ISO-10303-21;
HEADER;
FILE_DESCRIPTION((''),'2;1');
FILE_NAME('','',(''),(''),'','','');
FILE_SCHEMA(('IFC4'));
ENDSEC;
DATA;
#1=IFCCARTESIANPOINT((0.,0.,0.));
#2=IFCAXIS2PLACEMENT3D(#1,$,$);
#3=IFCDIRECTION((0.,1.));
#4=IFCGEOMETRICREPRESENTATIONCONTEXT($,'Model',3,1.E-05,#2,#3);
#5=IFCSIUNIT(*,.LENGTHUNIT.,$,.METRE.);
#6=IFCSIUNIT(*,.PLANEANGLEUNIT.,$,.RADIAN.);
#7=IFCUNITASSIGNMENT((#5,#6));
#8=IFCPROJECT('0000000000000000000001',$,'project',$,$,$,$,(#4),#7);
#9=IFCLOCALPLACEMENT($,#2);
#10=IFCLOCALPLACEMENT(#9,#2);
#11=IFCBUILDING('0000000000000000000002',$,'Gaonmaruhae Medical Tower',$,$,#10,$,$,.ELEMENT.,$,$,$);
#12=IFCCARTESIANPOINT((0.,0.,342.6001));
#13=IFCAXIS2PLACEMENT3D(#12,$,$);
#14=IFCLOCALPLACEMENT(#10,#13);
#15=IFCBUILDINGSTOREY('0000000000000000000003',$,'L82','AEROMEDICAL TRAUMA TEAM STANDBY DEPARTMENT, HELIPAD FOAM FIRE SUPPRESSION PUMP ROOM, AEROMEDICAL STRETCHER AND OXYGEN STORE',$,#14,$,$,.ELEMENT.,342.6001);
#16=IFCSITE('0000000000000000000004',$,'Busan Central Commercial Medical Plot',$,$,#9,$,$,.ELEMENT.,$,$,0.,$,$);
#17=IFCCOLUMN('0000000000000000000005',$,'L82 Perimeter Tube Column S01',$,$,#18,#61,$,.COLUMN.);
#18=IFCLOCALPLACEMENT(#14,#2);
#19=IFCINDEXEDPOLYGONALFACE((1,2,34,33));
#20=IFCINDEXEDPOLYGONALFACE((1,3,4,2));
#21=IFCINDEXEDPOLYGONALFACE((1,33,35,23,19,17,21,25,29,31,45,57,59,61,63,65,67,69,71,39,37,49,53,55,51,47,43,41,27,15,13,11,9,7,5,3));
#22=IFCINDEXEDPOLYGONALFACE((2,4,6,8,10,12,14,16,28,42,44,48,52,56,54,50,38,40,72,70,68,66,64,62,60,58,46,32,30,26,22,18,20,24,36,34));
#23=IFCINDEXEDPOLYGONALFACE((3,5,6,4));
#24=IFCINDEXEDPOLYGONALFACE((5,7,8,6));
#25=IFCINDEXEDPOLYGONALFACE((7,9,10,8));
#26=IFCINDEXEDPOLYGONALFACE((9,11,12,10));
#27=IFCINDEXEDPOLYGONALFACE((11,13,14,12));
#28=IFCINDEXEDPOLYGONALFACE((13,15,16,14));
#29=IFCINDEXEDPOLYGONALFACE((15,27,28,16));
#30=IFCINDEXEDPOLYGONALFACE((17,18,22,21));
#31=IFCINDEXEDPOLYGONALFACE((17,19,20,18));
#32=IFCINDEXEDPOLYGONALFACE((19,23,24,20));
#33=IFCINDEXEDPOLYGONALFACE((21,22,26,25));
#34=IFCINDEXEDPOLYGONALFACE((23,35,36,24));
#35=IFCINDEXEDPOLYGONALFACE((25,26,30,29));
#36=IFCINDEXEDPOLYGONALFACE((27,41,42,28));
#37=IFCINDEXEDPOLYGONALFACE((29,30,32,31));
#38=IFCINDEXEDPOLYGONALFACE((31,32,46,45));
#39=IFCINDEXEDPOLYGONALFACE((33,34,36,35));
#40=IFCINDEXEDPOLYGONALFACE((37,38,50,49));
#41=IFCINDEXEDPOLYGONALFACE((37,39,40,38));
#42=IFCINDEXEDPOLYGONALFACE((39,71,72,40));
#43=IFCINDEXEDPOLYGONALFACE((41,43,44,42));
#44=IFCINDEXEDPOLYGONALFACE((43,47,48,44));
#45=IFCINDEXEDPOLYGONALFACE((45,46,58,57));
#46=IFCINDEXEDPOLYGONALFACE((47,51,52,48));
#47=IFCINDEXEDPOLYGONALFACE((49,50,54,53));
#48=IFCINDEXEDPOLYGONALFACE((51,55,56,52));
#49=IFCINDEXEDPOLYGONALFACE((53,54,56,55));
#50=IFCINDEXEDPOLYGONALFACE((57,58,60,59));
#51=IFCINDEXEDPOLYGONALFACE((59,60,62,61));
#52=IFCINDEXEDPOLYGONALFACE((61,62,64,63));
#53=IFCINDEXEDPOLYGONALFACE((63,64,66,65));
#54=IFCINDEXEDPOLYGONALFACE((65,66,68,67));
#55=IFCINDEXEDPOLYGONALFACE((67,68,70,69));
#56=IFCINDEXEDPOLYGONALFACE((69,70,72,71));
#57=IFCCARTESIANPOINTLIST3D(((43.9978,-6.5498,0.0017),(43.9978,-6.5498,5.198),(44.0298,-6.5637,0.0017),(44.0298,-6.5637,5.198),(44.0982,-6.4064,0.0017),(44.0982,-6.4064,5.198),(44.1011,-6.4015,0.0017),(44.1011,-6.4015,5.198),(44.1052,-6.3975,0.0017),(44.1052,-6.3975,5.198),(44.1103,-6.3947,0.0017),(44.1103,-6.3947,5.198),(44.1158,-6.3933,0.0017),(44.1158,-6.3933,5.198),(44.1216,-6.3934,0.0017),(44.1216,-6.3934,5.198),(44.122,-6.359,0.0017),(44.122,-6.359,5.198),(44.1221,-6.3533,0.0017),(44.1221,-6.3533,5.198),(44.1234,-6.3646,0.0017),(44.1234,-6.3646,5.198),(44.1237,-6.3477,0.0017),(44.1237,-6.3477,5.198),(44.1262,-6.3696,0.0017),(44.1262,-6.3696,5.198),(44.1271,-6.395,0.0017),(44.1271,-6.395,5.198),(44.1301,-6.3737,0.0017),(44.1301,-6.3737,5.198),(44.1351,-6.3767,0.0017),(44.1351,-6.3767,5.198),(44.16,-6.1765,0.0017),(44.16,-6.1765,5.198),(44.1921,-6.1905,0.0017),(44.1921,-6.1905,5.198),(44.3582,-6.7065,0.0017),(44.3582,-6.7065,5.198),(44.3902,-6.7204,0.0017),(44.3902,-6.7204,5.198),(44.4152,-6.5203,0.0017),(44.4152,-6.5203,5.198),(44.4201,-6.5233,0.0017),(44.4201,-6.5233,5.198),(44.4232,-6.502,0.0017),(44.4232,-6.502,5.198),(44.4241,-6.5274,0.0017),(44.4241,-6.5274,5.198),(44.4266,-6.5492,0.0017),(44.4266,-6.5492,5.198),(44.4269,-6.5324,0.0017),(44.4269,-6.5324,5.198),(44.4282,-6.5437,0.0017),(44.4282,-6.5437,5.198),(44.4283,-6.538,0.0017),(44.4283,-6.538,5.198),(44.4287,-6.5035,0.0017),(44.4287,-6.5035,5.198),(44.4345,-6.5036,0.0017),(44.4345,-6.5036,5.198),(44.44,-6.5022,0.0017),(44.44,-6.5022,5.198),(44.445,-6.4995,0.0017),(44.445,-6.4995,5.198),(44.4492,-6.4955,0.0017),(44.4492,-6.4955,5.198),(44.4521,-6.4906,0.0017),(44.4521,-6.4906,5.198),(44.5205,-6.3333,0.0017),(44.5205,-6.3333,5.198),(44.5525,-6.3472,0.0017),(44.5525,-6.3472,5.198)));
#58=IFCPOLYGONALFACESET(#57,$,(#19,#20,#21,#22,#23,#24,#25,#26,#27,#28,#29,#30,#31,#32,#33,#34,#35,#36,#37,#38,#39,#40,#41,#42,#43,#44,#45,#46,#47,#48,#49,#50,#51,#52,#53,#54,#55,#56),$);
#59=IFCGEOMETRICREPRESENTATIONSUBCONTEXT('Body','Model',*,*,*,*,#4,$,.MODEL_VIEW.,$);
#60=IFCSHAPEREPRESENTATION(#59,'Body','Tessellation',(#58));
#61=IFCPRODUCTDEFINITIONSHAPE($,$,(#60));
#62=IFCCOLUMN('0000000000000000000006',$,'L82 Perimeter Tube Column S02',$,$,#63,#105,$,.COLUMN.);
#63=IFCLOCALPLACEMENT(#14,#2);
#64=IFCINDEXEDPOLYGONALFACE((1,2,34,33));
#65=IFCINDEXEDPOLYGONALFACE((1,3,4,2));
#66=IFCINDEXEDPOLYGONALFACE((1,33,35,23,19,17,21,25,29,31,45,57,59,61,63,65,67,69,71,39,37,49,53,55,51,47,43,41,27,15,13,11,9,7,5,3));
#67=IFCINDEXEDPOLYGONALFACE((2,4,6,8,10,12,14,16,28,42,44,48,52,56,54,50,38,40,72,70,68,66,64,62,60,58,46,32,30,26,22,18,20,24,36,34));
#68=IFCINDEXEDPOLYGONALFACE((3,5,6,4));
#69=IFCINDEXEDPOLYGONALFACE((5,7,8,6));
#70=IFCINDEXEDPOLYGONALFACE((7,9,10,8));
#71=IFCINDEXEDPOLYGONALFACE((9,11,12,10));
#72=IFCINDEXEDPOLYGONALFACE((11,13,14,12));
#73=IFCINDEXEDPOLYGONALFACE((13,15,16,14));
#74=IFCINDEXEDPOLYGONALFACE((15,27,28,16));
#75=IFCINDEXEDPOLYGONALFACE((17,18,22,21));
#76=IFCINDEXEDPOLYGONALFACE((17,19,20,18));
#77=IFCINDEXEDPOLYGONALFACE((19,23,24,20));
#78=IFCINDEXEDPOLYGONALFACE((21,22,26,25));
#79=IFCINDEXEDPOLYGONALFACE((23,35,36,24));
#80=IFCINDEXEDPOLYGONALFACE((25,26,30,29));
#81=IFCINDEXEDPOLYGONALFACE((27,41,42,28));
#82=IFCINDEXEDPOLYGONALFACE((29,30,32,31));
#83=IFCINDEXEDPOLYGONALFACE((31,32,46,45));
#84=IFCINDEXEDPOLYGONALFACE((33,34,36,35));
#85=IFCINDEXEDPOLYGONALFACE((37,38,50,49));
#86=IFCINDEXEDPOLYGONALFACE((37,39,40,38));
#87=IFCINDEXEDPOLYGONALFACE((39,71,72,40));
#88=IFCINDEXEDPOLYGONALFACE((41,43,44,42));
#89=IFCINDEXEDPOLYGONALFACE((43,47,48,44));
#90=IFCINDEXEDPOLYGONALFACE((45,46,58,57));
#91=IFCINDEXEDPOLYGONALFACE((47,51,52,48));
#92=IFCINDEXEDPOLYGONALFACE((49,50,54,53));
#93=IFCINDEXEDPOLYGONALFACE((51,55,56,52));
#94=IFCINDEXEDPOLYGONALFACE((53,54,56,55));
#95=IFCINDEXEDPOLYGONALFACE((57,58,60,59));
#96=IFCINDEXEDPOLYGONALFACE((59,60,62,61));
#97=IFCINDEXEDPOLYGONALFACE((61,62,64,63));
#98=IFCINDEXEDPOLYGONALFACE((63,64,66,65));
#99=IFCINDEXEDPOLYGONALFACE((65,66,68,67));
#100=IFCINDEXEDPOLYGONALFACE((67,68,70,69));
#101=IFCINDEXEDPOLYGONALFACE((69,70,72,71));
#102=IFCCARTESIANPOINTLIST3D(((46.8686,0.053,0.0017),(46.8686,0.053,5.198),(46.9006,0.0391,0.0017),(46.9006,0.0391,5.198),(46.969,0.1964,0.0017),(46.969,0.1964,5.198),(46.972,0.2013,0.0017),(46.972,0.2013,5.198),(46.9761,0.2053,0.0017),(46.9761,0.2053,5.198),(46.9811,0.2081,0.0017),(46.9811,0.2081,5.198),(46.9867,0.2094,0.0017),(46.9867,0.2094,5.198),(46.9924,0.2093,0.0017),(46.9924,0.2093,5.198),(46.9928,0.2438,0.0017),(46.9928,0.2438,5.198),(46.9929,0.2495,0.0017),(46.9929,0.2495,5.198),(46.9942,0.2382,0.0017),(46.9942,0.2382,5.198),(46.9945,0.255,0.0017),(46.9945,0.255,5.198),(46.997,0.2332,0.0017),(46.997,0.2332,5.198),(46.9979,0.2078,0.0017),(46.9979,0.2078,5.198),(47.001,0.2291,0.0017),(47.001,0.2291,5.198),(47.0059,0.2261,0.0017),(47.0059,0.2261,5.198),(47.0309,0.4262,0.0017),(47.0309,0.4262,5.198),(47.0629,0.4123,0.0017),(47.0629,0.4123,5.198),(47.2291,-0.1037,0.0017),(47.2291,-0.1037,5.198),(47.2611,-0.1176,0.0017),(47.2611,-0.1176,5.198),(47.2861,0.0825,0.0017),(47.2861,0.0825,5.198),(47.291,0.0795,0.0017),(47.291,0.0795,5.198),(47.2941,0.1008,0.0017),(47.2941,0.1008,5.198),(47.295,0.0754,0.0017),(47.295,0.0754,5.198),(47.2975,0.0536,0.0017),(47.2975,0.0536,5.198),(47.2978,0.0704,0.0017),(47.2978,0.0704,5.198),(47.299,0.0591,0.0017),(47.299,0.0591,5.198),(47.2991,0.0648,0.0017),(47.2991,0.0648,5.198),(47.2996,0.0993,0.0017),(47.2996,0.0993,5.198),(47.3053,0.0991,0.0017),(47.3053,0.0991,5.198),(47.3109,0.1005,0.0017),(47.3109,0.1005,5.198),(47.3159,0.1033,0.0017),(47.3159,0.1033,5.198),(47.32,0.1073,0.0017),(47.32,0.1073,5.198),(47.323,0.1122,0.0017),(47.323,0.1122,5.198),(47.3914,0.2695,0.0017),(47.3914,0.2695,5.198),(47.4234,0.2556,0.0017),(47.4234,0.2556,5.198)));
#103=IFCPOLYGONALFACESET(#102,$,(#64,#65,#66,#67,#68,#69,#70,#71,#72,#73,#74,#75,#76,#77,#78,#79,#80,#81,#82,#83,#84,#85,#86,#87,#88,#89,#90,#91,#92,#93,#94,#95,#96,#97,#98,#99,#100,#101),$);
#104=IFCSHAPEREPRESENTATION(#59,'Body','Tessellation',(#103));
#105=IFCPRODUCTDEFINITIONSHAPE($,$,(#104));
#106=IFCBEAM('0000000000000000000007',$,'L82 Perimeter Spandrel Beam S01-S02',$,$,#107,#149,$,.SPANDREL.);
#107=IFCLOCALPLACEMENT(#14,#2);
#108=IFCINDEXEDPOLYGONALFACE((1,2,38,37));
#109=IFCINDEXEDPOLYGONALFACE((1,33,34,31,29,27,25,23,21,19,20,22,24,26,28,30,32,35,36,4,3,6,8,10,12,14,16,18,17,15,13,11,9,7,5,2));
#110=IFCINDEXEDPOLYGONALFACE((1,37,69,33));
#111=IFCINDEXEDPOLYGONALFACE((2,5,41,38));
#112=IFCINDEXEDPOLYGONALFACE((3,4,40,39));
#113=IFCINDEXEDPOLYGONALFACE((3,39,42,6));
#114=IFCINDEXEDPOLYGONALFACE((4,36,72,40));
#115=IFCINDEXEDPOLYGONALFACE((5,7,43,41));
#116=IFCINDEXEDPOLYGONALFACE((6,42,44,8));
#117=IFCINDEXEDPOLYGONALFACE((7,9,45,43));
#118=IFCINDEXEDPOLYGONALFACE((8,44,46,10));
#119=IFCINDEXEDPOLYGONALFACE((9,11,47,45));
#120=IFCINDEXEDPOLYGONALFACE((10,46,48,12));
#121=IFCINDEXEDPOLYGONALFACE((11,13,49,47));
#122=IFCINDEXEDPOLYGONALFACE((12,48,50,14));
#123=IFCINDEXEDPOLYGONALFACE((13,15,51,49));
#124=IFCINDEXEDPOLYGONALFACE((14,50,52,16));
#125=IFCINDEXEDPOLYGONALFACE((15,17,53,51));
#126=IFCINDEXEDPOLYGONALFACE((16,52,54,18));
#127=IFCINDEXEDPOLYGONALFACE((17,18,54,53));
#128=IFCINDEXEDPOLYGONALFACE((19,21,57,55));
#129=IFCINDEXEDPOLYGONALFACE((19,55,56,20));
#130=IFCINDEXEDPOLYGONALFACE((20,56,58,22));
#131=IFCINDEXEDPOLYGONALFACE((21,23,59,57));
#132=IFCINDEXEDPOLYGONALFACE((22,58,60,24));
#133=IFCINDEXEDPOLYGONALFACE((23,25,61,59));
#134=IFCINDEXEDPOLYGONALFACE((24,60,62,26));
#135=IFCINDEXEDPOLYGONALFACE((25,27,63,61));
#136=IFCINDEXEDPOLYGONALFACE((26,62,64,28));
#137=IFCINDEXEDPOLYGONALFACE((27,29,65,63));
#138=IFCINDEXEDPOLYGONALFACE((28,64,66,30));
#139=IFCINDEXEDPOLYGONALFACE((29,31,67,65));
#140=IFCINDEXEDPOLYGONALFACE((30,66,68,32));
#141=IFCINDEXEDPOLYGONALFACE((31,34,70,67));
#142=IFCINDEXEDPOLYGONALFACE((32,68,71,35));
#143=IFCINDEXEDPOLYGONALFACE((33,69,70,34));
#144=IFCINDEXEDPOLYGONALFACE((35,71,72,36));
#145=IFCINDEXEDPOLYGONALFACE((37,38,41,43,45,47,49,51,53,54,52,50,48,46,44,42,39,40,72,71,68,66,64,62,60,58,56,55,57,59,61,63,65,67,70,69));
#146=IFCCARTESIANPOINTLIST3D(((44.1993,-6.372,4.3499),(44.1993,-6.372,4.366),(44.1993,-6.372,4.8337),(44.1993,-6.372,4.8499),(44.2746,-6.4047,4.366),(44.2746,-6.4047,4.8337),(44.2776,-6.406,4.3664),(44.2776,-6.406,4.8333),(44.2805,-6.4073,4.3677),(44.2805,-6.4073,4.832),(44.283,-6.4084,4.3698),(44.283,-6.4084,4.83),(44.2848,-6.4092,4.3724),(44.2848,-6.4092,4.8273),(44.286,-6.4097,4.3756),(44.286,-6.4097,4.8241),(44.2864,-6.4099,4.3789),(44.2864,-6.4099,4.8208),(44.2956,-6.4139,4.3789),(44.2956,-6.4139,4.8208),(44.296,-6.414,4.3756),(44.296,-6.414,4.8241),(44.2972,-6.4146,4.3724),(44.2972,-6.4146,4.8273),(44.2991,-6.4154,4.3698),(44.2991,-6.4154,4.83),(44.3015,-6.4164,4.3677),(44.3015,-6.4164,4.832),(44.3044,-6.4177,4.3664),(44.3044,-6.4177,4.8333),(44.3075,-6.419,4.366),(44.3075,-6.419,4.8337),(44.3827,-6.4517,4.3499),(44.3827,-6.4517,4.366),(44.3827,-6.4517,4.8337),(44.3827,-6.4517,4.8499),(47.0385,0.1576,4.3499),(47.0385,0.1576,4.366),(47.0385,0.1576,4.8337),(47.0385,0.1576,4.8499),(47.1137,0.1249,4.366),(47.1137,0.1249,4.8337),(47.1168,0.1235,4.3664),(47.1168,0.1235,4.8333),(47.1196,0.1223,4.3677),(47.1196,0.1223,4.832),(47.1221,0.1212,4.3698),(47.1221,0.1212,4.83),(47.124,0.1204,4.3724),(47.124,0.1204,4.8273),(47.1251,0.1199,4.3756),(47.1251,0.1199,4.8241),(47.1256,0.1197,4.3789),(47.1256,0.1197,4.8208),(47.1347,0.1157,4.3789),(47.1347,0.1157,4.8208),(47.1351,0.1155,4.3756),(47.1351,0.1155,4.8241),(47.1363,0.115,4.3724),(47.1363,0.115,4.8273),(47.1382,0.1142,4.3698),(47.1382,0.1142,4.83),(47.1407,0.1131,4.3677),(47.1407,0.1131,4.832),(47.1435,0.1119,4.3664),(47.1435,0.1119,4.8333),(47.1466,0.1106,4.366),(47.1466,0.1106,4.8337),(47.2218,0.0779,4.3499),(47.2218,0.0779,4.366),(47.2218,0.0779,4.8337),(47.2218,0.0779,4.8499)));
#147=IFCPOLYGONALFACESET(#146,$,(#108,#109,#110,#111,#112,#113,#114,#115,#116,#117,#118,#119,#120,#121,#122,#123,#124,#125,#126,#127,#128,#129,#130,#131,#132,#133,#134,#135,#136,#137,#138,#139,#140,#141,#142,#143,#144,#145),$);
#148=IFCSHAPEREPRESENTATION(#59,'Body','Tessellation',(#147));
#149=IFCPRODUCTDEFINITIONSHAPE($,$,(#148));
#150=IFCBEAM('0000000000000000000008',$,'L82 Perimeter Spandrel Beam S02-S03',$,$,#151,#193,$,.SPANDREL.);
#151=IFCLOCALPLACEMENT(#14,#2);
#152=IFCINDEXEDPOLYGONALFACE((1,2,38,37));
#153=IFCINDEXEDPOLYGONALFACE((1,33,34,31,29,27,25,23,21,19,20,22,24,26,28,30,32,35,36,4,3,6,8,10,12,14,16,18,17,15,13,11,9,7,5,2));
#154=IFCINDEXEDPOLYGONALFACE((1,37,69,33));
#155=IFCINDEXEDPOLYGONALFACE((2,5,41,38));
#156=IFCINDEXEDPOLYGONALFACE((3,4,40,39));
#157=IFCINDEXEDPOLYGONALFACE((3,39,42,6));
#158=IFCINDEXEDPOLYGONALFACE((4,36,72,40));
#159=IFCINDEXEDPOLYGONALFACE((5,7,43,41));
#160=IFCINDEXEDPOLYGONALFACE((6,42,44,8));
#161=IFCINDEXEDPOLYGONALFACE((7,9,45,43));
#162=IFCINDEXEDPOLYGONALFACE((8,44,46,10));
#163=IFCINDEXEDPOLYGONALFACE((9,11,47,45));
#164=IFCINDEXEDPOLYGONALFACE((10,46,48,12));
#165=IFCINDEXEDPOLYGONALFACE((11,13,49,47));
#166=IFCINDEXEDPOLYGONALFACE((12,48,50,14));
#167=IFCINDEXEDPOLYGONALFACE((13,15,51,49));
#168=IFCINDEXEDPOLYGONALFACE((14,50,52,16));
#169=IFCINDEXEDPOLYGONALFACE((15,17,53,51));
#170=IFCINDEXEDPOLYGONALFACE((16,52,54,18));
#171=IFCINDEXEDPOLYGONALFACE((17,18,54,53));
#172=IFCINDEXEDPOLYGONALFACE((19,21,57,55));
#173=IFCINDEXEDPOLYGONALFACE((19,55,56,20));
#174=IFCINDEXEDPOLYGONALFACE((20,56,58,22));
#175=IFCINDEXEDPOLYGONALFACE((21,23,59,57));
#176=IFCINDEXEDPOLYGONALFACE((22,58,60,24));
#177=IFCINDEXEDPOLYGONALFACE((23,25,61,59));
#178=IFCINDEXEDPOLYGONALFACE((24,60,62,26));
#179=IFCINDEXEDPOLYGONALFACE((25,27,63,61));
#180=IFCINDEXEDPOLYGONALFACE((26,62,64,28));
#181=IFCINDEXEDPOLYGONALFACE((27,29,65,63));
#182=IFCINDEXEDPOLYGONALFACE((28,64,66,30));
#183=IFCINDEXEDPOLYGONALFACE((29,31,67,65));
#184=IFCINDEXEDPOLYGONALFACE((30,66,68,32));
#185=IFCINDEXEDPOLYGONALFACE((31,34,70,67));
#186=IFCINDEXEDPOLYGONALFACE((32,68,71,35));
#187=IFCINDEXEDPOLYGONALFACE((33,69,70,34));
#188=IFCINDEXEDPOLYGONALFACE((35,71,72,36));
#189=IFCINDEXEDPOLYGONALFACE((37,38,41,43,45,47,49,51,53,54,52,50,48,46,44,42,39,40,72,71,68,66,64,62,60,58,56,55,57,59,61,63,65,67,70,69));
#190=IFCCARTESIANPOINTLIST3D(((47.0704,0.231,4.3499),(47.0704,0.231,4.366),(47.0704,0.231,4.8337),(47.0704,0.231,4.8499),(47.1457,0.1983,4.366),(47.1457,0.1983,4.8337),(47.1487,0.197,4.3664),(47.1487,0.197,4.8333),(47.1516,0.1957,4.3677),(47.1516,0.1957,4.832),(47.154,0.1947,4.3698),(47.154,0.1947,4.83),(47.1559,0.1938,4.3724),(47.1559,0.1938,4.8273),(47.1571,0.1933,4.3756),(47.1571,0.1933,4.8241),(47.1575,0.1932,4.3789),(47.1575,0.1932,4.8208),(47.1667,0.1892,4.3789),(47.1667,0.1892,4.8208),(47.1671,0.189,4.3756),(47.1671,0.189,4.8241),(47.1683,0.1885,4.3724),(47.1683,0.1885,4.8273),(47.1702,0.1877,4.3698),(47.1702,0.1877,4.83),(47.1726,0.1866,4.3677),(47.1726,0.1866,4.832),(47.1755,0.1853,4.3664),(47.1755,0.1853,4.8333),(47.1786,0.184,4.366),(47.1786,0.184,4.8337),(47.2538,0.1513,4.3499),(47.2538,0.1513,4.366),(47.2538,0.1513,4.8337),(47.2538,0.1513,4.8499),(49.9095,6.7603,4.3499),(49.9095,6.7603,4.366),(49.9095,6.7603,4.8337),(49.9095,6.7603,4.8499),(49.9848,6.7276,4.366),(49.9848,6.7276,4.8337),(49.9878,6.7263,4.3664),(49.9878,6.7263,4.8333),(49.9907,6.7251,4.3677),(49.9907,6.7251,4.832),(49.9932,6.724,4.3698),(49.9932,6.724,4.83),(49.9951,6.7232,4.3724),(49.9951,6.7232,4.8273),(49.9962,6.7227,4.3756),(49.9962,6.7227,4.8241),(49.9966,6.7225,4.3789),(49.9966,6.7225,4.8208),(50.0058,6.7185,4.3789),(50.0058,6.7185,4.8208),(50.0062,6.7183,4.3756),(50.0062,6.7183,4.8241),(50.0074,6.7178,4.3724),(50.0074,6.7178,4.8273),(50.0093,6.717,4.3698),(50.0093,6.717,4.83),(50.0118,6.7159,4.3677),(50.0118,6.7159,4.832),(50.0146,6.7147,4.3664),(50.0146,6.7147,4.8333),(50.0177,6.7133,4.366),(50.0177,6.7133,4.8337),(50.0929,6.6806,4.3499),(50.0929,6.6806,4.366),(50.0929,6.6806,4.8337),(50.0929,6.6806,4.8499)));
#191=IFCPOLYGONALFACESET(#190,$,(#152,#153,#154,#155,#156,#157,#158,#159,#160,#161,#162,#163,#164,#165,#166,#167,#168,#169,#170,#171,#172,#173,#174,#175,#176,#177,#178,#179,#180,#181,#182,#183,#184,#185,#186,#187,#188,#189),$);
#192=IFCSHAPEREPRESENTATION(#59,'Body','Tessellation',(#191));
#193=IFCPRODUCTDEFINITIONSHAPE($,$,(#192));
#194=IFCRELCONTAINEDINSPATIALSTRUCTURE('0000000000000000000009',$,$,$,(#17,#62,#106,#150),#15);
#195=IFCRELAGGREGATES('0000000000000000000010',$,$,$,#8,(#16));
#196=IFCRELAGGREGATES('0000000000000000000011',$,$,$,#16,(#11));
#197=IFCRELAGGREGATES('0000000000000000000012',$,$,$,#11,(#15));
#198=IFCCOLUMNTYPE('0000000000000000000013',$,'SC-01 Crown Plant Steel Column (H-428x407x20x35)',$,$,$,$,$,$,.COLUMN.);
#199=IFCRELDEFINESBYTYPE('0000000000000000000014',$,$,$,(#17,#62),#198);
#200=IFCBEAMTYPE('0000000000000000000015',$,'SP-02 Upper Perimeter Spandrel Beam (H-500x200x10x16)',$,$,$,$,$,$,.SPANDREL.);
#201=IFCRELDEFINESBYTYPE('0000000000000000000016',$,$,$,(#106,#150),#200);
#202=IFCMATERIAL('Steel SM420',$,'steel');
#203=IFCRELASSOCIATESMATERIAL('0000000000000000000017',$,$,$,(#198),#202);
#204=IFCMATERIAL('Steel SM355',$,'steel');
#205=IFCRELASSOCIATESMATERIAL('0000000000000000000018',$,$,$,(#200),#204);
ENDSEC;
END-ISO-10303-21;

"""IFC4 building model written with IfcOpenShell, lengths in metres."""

from ifc_helpers import new_model, si_unit, direction, frame, origin, origin_2d, place, context, subcontext, project, spatial, i_section, extrude, material, material_profile, profile_set, type_object, element, save


model = new_model("IFC4")

# Units and contexts
model_context = context("Model", 3, precision=1e-05, world=origin(), true_north=direction((0.0, 1.0)))
body_context = subcontext(model_context, "Body", "Model", "MODEL_VIEW")
ifc_project = project(units=[si_unit("LENGTHUNIT", "METRE"), si_unit("PLANEANGLEUNIT", "RADIAN")], contexts=[model_context])

# Site, building, storey
site_placement = place(None, origin())
site = spatial("IfcSite", under=ifc_project, at=site_placement, Name="Busan Central Commercial Medical Plot", CompositionType="ELEMENT", RefElevation=0.0)
building_placement = place(site_placement, origin())
building = spatial("IfcBuilding", under=site, at=building_placement, Name="Gaonmaruhae Medical Tower", CompositionType="ELEMENT")
storey_placement = place(building_placement, frame((0.0, 0.0, 342.6001)))
storey = spatial("IfcBuildingStorey", under=building, at=storey_placement, Name="L82", Description="AEROMEDICAL TRAUMA TEAM STANDBY DEPARTMENT, HELIPAD FOAM FIRE SUPPRESSION PUMP ROOM, AEROMEDICAL STRETCHER AND OXYGEN STORE", CompositionType="ELEMENT", Elevation=342.6001)

# Columns
ifc_material_1 = material(Name="Steel SM420", Category="steel")
ifc_material_profile_1 = material_profile(ifc_material_1, i_section(OverallWidth=0.407, OverallDepth=0.428, WebThickness=0.02, FlangeThickness=0.0349, FilletRadius=0.022, at=origin_2d()), Name="H-428x407x20x35")
ifc_profile_set_1 = profile_set([ifc_material_profile_1], Name="Steel SM420")
column_type = type_object("IfcColumnType", Name="SC-01 Crown Plant Steel Column (H-428x407x20x35)", PredefinedType="COLUMN", material=ifc_profile_set_1)
for number, where, z_axis, x_axis, name in (
    (1, (44.2751, -6.4485, 0.0017), (0.0, 0.0, 1.0), (0.398749, 0.91706, 0.0), "L82 Perimeter Tube Column S01"),
    (2, (47.146, 0.1543, 0.0017), (0.0, 0.0, 1.0), (0.398749, 0.91706, 0.0), "L82 Perimeter Tube Column S02"),
):
    element("IfcColumn", number, at=place(storey_placement, frame(where, z_axis=z_axis, x_axis=x_axis)), inside=storey, type_object=column_type, Name=name, PredefinedType="COLUMN", context=body_context, shape_type="SweptSolid", body=[
        extrude(i_section(OverallWidth=0.407, OverallDepth=0.428, WebThickness=0.02, FlangeThickness=0.0349, FilletRadius=0.022, at=origin_2d()), origin(), (0.0, 0.0, 1.0), 5.1963),
    ])

# Beams
ifc_material_2 = material(Name="Steel SM355", Category="steel")
ifc_material_profile_2 = material_profile(ifc_material_2, i_section(OverallWidth=0.2, OverallDepth=0.5, WebThickness=0.01, FlangeThickness=0.0161, FilletRadius=0.0129, at=origin_2d()), Name="H-500x200x10x16")
ifc_profile_set_2 = profile_set([ifc_material_profile_2], Name="Steel SM355")
beam_type = type_object("IfcBeamType", Name="SP-02 Upper Perimeter Spandrel Beam (H-500x200x10x16)", PredefinedType="SPANDREL", material=ifc_profile_set_2)
beam_1_placement = place(storey_placement, frame((44.291, -6.4119, 4.5999), z_axis=(0.398747, 0.917061, 0.0), x_axis=(-0.917061, 0.398747, 0.0)))
element("IfcBeam", 3, at=beam_1_placement, inside=storey, type_object=beam_type, Name="L82 Perimeter Spandrel Beam S01-S02", PredefinedType="SPANDREL", context=body_context, shape_type="SweptSolid", body=[
    extrude(i_section(OverallWidth=0.2, OverallDepth=0.5, WebThickness=0.01, FlangeThickness=0.0161, FilletRadius=0.0129, at=origin_2d()), origin(), (0.0, 0.0, 1.0), 7.1201),
])
beam_2_placement = place(storey_placement, frame((47.1621, 0.1912, 4.5999), z_axis=(0.39876, 0.917055, 0.0), x_axis=(-0.917055, 0.39876, 0.0)))
element("IfcBeam", 4, at=beam_2_placement, inside=storey, type_object=beam_type, Name="L82 Perimeter Spandrel Beam S02-S03", PredefinedType="SPANDREL", context=body_context, shape_type="SweptSolid", body=[
    extrude(i_section(OverallWidth=0.2, OverallDepth=0.5, WebThickness=0.01, FlangeThickness=0.0161, FilletRadius=0.0129, at=origin_2d()), origin(), (0.0, 0.0, 1.0), 7.1199),
])

save(model, "model.ifc")
